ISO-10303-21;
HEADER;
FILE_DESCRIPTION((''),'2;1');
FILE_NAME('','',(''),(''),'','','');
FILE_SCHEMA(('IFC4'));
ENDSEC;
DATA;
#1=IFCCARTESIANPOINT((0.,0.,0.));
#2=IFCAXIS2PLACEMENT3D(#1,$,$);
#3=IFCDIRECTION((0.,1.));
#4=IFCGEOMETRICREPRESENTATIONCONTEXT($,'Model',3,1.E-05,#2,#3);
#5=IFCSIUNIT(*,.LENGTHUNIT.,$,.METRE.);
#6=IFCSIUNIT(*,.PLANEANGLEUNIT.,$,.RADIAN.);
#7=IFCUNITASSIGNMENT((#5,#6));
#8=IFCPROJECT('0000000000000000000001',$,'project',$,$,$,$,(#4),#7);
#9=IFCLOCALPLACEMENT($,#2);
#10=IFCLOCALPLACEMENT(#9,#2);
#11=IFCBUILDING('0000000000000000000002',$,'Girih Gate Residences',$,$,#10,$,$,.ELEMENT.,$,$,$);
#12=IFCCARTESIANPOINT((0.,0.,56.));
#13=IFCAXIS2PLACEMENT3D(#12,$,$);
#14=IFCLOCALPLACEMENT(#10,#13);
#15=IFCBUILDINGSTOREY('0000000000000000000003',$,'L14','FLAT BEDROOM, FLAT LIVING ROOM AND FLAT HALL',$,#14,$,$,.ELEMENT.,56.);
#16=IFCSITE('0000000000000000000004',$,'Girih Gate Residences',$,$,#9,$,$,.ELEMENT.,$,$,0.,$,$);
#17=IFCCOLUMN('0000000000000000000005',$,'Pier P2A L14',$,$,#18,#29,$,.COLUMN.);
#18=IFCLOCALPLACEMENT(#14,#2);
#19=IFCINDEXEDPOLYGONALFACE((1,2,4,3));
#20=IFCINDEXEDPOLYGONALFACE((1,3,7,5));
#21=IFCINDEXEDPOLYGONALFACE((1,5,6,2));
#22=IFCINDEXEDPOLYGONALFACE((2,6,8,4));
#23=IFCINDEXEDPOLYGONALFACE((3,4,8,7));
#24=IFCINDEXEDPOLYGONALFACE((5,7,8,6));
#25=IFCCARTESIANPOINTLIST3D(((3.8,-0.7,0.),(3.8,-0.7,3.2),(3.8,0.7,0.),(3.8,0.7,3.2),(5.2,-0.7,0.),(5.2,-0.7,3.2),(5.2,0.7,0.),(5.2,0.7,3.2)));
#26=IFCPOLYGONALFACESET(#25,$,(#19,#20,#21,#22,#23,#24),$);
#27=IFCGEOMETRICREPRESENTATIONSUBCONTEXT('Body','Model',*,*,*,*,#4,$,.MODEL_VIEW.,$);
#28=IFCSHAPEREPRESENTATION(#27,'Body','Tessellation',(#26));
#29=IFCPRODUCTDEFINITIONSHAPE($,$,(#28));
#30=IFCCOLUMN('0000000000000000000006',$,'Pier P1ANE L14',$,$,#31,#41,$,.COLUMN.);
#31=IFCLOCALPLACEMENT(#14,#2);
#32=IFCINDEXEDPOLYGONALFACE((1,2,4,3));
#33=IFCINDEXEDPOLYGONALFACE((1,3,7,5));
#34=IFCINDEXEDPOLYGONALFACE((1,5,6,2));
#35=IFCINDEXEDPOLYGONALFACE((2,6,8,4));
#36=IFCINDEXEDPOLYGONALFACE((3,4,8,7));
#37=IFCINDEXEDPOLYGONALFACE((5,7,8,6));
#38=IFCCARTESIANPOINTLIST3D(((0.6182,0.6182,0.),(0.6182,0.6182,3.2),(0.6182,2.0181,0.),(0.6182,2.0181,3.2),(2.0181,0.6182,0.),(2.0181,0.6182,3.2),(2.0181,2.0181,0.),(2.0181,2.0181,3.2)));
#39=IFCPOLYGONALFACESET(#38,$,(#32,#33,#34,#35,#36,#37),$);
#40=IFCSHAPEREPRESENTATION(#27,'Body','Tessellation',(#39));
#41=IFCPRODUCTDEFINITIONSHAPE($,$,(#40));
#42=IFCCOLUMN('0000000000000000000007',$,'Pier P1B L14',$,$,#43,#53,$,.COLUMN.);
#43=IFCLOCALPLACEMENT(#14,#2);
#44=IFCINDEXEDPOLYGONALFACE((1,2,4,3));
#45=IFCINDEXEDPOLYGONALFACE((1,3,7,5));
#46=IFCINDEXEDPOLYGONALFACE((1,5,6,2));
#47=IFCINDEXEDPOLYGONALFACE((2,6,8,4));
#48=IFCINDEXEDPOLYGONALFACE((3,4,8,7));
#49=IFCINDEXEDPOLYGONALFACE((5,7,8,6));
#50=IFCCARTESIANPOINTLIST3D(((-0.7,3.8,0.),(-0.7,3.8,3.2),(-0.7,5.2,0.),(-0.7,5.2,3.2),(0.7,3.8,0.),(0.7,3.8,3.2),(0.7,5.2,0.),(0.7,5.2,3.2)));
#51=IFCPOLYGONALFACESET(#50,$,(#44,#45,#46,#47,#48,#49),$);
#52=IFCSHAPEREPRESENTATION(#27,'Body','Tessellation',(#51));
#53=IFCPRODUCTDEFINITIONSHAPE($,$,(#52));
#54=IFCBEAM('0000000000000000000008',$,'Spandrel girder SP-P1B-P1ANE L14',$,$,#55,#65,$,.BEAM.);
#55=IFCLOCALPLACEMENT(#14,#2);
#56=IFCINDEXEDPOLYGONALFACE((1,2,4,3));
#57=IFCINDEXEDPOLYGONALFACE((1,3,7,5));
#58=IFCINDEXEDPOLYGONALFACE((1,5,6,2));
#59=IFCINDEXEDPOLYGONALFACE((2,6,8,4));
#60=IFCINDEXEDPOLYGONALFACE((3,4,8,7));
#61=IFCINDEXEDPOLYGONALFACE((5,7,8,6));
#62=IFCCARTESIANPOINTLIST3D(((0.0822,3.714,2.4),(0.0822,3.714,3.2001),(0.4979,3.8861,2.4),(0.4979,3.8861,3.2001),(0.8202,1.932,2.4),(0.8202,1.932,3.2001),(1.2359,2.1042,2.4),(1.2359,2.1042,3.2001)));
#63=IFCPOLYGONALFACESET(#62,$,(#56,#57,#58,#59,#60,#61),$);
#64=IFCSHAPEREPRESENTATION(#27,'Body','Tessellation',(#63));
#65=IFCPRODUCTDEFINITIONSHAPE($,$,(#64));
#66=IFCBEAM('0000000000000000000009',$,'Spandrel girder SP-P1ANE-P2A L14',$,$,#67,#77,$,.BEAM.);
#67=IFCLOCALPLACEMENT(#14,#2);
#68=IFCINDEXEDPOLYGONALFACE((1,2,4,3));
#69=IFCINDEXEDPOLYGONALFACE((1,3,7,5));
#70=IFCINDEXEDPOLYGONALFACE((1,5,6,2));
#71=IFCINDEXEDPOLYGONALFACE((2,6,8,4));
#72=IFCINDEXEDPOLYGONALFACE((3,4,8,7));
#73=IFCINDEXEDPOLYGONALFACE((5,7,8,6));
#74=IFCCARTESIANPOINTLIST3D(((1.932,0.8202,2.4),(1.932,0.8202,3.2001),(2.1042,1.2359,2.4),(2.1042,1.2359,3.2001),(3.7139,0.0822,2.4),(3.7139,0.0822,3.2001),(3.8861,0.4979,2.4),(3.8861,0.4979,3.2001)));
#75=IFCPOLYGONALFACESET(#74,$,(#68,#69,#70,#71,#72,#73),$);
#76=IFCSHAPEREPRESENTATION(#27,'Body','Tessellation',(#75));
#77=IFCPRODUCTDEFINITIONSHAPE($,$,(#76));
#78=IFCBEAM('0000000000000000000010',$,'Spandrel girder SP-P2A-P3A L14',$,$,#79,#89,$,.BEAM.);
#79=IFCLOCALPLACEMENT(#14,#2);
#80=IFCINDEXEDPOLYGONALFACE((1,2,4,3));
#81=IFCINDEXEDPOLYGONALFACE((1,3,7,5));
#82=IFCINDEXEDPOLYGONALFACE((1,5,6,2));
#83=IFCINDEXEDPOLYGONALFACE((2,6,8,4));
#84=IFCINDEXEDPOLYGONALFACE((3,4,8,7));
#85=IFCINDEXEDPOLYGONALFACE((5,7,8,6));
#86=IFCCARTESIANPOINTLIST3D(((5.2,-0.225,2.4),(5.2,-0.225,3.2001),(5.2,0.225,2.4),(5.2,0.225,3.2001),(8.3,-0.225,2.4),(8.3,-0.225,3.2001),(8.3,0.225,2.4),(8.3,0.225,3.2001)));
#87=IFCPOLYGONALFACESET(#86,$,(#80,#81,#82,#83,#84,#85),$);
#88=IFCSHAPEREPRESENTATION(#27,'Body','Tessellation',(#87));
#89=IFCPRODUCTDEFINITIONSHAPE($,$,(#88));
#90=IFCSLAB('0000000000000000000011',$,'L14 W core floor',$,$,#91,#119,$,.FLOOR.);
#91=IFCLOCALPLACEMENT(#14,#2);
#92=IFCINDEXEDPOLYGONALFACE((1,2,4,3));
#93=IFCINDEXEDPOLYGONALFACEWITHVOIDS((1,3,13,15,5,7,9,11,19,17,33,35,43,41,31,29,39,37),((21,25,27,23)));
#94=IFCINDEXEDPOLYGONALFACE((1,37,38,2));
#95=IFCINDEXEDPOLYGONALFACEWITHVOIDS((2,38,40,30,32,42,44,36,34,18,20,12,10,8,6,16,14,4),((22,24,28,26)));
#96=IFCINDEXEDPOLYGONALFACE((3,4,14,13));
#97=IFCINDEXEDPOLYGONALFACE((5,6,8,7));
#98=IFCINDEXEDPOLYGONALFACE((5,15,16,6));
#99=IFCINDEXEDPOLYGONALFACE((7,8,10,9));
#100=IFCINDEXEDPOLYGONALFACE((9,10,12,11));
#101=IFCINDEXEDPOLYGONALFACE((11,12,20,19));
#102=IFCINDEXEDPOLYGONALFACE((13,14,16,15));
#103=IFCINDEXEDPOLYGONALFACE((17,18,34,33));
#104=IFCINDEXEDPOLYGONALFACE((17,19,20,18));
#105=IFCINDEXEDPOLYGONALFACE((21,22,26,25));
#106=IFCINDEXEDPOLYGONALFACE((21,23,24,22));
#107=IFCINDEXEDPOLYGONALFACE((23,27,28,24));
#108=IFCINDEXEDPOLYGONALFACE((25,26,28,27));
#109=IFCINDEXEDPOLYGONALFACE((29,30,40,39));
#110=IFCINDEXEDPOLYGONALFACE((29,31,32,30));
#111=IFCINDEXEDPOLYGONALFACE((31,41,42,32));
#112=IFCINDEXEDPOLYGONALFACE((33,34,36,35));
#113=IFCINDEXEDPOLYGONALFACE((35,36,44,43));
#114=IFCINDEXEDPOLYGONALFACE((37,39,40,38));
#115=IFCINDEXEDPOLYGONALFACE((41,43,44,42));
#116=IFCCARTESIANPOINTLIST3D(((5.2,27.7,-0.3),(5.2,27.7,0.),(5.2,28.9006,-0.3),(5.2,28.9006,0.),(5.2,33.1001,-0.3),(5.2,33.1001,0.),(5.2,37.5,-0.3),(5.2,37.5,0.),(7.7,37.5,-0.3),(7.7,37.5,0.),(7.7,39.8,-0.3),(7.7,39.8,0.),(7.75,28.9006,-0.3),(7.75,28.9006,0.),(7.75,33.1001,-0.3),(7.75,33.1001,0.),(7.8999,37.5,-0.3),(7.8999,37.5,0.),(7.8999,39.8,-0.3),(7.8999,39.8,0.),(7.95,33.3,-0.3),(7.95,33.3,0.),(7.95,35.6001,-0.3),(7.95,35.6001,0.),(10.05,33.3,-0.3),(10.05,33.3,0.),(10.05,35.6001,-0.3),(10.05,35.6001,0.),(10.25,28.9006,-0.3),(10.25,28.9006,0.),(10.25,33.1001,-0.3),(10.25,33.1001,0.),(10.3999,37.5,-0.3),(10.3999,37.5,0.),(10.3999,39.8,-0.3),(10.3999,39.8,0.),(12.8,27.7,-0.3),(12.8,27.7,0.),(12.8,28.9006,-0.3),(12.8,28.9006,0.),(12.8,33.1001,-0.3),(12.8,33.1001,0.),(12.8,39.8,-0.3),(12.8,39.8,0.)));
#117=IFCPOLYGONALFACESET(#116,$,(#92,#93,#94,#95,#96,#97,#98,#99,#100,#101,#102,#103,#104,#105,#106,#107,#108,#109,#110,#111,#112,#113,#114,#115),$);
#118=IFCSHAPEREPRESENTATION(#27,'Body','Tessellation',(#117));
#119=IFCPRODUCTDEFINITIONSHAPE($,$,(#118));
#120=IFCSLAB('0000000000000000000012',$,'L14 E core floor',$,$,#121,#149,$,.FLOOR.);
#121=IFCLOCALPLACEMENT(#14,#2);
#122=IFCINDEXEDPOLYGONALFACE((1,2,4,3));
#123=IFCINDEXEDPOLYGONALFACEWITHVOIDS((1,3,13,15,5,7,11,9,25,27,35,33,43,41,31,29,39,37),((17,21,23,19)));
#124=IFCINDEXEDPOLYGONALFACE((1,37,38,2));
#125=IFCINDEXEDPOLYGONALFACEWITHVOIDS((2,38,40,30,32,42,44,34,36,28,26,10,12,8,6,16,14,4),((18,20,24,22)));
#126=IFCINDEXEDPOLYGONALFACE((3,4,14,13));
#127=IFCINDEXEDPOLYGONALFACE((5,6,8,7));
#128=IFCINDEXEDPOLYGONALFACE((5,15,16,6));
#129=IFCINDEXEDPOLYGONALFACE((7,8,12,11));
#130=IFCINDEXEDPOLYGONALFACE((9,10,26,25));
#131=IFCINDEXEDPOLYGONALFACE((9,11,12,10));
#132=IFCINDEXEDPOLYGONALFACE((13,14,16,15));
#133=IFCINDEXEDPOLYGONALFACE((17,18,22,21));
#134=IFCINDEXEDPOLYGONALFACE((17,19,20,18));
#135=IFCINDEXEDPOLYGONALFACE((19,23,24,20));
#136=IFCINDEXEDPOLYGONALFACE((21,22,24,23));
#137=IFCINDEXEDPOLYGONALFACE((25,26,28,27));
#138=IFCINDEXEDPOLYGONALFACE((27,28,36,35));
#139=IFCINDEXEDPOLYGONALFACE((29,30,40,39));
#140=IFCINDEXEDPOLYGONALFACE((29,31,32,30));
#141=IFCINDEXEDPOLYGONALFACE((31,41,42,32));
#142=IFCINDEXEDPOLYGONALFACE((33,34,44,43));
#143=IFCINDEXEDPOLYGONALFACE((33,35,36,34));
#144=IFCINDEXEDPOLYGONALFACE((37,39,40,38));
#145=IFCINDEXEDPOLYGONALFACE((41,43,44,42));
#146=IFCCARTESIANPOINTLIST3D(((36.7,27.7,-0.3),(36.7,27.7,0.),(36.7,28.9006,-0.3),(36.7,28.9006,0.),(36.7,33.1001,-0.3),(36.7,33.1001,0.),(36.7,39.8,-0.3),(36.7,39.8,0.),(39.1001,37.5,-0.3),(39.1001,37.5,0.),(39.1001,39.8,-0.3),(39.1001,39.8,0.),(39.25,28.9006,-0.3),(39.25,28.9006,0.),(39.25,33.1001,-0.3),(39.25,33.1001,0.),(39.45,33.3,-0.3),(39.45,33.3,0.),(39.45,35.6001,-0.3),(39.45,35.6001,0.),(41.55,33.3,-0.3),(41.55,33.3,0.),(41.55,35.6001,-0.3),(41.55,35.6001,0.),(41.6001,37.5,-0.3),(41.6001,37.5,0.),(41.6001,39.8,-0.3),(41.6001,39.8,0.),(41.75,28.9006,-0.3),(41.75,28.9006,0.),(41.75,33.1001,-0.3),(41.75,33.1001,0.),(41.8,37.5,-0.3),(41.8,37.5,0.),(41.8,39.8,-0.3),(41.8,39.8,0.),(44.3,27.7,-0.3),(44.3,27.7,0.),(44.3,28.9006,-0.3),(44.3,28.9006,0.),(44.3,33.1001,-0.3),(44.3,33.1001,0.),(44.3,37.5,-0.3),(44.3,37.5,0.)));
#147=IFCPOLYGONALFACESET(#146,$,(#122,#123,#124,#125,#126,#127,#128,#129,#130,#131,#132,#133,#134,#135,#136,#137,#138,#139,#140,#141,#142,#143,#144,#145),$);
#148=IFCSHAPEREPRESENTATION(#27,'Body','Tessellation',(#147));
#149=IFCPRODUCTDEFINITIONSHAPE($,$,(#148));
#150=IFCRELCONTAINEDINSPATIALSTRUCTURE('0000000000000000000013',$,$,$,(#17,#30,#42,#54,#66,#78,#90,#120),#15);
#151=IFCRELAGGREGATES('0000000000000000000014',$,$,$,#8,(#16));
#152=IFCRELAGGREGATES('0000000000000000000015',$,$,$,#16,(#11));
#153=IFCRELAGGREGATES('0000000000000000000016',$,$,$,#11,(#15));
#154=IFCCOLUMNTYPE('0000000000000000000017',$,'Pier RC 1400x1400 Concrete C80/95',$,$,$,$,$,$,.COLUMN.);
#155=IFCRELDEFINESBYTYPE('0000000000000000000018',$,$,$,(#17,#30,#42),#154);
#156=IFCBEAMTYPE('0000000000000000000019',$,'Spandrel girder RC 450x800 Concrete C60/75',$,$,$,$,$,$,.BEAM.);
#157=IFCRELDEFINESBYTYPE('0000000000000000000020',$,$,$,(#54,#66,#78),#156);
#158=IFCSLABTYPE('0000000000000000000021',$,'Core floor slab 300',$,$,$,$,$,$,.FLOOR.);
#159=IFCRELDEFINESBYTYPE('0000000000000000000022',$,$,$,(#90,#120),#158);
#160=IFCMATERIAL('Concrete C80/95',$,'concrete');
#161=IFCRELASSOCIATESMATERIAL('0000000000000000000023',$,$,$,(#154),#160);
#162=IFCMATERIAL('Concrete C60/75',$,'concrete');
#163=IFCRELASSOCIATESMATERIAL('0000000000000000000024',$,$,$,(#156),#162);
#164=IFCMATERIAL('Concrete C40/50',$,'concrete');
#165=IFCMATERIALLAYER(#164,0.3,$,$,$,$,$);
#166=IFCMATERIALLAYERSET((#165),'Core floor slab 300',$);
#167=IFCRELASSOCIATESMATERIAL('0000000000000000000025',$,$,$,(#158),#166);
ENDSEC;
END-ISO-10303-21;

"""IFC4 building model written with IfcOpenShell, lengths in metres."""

from ifc_helpers import new_model, si_unit, direction, frame, origin, origin_2d, place, context, subcontext, project, spatial, polyline, rectangle, outline, extrude, material, layer, layer_set, material_profile, profile_set, type_object, element, save


model = new_model("IFC4")

# Units and contexts
model_context = context("Model", 3, precision=1e-05, world=origin(), true_north=direction((0.0, 1.0)))
body_context = subcontext(model_context, "Body", "Model", "MODEL_VIEW")
ifc_project = project(units=[si_unit("LENGTHUNIT", "METRE"), si_unit("PLANEANGLEUNIT", "RADIAN")], contexts=[model_context])

# Site, building, storey
site_placement = place(None, origin())
site = spatial("IfcSite", under=ifc_project, at=site_placement, Name="Girih Gate Residences", CompositionType="ELEMENT", RefElevation=0.0)
building_placement = place(site_placement, origin())
building = spatial("IfcBuilding", under=site, at=building_placement, Name="Girih Gate Residences", CompositionType="ELEMENT")
storey_placement = place(building_placement, frame((0.0, 0.0, 56.0)))
storey = spatial("IfcBuildingStorey", under=building, at=storey_placement, Name="L14", Description="FLAT BEDROOM, FLAT LIVING ROOM AND FLAT HALL", CompositionType="ELEMENT", Elevation=56.0)

# Columns
ifc_material_1 = material(Name="Concrete C80/95", Category="concrete")
ifc_material_profile_1 = material_profile(ifc_material_1, rectangle(XDim=1.3999, YDim=1.3999, at=origin_2d()))
ifc_profile_set_1 = profile_set([ifc_material_profile_1], Name="Concrete C80/95")
column_type = type_object("IfcColumnType", Name="Pier RC 1400x1400 Concrete C80/95", PredefinedType="COLUMN", material=ifc_profile_set_1)
for number, where, z_axis, x_axis, name in (
    (1, (4.5, 0.0, 0.0), (0.0, 0.0, 1.0), (1.0, 0.0, 0.0), "Pier P2A L14"),
    (2, (1.3181, 1.3181, 0.0), (0.0, 0.0, 1.0), (1.0, 0.0, 0.0), "Pier P1ANE L14"),
    (3, (0.0, 4.5, 0.0), (0.0, 0.0, 1.0), (1.0, 0.0, 0.0), "Pier P1B L14"),
):
    element("IfcColumn", number, at=place(storey_placement, frame(where, z_axis=z_axis, x_axis=x_axis)), inside=storey, type_object=column_type, Name=name, PredefinedType="COLUMN", context=body_context, shape_type="SweptSolid", body=[
        extrude(rectangle(XDim=1.3999, YDim=1.3999, at=origin_2d()), origin(), (0.0, 0.0, 1.0), 3.2),
    ])

# Beams
ifc_material_2 = material(Name="Concrete C60/75", Category="concrete")
ifc_material_profile_2 = material_profile(ifc_material_2, rectangle(XDim=0.45, YDim=0.8, at=origin_2d()))
ifc_profile_set_2 = profile_set([ifc_material_profile_2], Name="Concrete C60/75")
beam_type = type_object("IfcBeamType", Name="Spandrel girder RC 450x800 Concrete C60/75", PredefinedType="BEAM", material=ifc_profile_set_2)
for number, where, z_axis, x_axis, name in (
    (4, (0.29, 3.8, 2.8), (0.382646, -0.923895, 0.0), (0.923895, 0.382646, 0.0), "Spandrel girder SP-P1B-P1ANE L14"),
    (5, (2.0181, 1.0281, 2.8), (0.923895, -0.382646, 0.0), (0.382646, 0.923895, 0.0), "Spandrel girder SP-P1ANE-P2A L14"),
):
    element("IfcBeam", number, at=place(storey_placement, frame(where, z_axis=z_axis, x_axis=x_axis)), inside=storey, type_object=beam_type, Name=name, PredefinedType="BEAM", context=body_context, shape_type="SweptSolid", body=[
        extrude(rectangle(XDim=0.45, YDim=0.8, at=origin_2d()), origin(), (0.0, 0.0, 1.0), 1.9287),
    ])
beam_placement = place(storey_placement, frame((5.2, 0.0, 2.8), z_axis=(1.0, 0.0, 0.0), x_axis=(0.0, 1.0, 0.0)))
element("IfcBeam", 6, at=beam_placement, inside=storey, type_object=beam_type, Name="Spandrel girder SP-P2A-P3A L14", PredefinedType="BEAM", context=body_context, shape_type="SweptSolid", body=[
    extrude(rectangle(XDim=0.45, YDim=0.8, at=origin_2d()), origin(), (0.0, 0.0, 1.0), 3.1001),
])

# Slabs
ifc_material_3 = material(Name="Concrete C40/50", Category="concrete")
ifc_layer_1 = layer(ifc_material_3, 0.3)
ifc_layer_set_1 = layer_set([ifc_layer_1], Name="Core floor slab 300")
slab_type_1 = type_object("IfcSlabType", Name="Core floor slab 300", PredefinedType="FLOOR", material=ifc_layer_set_1)
slab_1_placement = place(storey_placement, frame((0.0, 0.0, -0.3)))
element("IfcSlab", 7, at=slab_1_placement, inside=storey, type_object=slab_type_1, Name="L14 W core floor", PredefinedType="FLOOR", context=body_context, shape_type="SweptSolid", body=[
    extrude(outline(polyline([(12.8, 27.7), (5.2, 27.7), (5.2, 28.9006), (7.75, 28.9006), (7.75, 33.1001), (5.2, 33.1001), (5.2, 37.5), (7.7, 37.5), (7.7, 39.8), (7.8999, 39.8), (7.8999, 37.5), (10.3999, 37.5), (10.3999, 39.8), (12.8, 39.8), (12.8, 33.1001), (10.25, 33.1001), (10.25, 28.9006), (12.8, 28.9006), (12.8, 27.7)]), holes=[polyline([(7.95, 33.3), (10.05, 33.3), (10.05, 35.6001), (7.95, 35.6001), (7.95, 33.3)])]), origin(), (0.0, 0.0, 1.0), 0.3),
])
slab_2_placement = place(storey_placement, frame((0.0, 0.0, -0.3)))
element("IfcSlab", 8, at=slab_2_placement, inside=storey, type_object=slab_type_1, Name="L14 E core floor", PredefinedType="FLOOR", context=body_context, shape_type="SweptSolid", body=[
    extrude(outline(polyline([(44.3, 27.7), (36.7, 27.7), (36.7, 28.9006), (39.25, 28.9006), (39.25, 33.1001), (36.7, 33.1001), (36.7, 39.8), (39.1001, 39.8), (39.1001, 37.5), (41.6001, 37.5), (41.6001, 39.8), (41.8, 39.8), (41.8, 37.5), (44.3, 37.5), (44.3, 33.1001), (41.75, 33.1001), (41.75, 28.9006), (44.3, 28.9006), (44.3, 27.7)]), holes=[polyline([(39.45, 33.3), (41.55, 33.3), (41.55, 35.6001), (39.45, 35.6001), (39.45, 33.3)])]), origin(), (0.0, 0.0, 1.0), 0.3),
])

save(model, "model.ifc")
